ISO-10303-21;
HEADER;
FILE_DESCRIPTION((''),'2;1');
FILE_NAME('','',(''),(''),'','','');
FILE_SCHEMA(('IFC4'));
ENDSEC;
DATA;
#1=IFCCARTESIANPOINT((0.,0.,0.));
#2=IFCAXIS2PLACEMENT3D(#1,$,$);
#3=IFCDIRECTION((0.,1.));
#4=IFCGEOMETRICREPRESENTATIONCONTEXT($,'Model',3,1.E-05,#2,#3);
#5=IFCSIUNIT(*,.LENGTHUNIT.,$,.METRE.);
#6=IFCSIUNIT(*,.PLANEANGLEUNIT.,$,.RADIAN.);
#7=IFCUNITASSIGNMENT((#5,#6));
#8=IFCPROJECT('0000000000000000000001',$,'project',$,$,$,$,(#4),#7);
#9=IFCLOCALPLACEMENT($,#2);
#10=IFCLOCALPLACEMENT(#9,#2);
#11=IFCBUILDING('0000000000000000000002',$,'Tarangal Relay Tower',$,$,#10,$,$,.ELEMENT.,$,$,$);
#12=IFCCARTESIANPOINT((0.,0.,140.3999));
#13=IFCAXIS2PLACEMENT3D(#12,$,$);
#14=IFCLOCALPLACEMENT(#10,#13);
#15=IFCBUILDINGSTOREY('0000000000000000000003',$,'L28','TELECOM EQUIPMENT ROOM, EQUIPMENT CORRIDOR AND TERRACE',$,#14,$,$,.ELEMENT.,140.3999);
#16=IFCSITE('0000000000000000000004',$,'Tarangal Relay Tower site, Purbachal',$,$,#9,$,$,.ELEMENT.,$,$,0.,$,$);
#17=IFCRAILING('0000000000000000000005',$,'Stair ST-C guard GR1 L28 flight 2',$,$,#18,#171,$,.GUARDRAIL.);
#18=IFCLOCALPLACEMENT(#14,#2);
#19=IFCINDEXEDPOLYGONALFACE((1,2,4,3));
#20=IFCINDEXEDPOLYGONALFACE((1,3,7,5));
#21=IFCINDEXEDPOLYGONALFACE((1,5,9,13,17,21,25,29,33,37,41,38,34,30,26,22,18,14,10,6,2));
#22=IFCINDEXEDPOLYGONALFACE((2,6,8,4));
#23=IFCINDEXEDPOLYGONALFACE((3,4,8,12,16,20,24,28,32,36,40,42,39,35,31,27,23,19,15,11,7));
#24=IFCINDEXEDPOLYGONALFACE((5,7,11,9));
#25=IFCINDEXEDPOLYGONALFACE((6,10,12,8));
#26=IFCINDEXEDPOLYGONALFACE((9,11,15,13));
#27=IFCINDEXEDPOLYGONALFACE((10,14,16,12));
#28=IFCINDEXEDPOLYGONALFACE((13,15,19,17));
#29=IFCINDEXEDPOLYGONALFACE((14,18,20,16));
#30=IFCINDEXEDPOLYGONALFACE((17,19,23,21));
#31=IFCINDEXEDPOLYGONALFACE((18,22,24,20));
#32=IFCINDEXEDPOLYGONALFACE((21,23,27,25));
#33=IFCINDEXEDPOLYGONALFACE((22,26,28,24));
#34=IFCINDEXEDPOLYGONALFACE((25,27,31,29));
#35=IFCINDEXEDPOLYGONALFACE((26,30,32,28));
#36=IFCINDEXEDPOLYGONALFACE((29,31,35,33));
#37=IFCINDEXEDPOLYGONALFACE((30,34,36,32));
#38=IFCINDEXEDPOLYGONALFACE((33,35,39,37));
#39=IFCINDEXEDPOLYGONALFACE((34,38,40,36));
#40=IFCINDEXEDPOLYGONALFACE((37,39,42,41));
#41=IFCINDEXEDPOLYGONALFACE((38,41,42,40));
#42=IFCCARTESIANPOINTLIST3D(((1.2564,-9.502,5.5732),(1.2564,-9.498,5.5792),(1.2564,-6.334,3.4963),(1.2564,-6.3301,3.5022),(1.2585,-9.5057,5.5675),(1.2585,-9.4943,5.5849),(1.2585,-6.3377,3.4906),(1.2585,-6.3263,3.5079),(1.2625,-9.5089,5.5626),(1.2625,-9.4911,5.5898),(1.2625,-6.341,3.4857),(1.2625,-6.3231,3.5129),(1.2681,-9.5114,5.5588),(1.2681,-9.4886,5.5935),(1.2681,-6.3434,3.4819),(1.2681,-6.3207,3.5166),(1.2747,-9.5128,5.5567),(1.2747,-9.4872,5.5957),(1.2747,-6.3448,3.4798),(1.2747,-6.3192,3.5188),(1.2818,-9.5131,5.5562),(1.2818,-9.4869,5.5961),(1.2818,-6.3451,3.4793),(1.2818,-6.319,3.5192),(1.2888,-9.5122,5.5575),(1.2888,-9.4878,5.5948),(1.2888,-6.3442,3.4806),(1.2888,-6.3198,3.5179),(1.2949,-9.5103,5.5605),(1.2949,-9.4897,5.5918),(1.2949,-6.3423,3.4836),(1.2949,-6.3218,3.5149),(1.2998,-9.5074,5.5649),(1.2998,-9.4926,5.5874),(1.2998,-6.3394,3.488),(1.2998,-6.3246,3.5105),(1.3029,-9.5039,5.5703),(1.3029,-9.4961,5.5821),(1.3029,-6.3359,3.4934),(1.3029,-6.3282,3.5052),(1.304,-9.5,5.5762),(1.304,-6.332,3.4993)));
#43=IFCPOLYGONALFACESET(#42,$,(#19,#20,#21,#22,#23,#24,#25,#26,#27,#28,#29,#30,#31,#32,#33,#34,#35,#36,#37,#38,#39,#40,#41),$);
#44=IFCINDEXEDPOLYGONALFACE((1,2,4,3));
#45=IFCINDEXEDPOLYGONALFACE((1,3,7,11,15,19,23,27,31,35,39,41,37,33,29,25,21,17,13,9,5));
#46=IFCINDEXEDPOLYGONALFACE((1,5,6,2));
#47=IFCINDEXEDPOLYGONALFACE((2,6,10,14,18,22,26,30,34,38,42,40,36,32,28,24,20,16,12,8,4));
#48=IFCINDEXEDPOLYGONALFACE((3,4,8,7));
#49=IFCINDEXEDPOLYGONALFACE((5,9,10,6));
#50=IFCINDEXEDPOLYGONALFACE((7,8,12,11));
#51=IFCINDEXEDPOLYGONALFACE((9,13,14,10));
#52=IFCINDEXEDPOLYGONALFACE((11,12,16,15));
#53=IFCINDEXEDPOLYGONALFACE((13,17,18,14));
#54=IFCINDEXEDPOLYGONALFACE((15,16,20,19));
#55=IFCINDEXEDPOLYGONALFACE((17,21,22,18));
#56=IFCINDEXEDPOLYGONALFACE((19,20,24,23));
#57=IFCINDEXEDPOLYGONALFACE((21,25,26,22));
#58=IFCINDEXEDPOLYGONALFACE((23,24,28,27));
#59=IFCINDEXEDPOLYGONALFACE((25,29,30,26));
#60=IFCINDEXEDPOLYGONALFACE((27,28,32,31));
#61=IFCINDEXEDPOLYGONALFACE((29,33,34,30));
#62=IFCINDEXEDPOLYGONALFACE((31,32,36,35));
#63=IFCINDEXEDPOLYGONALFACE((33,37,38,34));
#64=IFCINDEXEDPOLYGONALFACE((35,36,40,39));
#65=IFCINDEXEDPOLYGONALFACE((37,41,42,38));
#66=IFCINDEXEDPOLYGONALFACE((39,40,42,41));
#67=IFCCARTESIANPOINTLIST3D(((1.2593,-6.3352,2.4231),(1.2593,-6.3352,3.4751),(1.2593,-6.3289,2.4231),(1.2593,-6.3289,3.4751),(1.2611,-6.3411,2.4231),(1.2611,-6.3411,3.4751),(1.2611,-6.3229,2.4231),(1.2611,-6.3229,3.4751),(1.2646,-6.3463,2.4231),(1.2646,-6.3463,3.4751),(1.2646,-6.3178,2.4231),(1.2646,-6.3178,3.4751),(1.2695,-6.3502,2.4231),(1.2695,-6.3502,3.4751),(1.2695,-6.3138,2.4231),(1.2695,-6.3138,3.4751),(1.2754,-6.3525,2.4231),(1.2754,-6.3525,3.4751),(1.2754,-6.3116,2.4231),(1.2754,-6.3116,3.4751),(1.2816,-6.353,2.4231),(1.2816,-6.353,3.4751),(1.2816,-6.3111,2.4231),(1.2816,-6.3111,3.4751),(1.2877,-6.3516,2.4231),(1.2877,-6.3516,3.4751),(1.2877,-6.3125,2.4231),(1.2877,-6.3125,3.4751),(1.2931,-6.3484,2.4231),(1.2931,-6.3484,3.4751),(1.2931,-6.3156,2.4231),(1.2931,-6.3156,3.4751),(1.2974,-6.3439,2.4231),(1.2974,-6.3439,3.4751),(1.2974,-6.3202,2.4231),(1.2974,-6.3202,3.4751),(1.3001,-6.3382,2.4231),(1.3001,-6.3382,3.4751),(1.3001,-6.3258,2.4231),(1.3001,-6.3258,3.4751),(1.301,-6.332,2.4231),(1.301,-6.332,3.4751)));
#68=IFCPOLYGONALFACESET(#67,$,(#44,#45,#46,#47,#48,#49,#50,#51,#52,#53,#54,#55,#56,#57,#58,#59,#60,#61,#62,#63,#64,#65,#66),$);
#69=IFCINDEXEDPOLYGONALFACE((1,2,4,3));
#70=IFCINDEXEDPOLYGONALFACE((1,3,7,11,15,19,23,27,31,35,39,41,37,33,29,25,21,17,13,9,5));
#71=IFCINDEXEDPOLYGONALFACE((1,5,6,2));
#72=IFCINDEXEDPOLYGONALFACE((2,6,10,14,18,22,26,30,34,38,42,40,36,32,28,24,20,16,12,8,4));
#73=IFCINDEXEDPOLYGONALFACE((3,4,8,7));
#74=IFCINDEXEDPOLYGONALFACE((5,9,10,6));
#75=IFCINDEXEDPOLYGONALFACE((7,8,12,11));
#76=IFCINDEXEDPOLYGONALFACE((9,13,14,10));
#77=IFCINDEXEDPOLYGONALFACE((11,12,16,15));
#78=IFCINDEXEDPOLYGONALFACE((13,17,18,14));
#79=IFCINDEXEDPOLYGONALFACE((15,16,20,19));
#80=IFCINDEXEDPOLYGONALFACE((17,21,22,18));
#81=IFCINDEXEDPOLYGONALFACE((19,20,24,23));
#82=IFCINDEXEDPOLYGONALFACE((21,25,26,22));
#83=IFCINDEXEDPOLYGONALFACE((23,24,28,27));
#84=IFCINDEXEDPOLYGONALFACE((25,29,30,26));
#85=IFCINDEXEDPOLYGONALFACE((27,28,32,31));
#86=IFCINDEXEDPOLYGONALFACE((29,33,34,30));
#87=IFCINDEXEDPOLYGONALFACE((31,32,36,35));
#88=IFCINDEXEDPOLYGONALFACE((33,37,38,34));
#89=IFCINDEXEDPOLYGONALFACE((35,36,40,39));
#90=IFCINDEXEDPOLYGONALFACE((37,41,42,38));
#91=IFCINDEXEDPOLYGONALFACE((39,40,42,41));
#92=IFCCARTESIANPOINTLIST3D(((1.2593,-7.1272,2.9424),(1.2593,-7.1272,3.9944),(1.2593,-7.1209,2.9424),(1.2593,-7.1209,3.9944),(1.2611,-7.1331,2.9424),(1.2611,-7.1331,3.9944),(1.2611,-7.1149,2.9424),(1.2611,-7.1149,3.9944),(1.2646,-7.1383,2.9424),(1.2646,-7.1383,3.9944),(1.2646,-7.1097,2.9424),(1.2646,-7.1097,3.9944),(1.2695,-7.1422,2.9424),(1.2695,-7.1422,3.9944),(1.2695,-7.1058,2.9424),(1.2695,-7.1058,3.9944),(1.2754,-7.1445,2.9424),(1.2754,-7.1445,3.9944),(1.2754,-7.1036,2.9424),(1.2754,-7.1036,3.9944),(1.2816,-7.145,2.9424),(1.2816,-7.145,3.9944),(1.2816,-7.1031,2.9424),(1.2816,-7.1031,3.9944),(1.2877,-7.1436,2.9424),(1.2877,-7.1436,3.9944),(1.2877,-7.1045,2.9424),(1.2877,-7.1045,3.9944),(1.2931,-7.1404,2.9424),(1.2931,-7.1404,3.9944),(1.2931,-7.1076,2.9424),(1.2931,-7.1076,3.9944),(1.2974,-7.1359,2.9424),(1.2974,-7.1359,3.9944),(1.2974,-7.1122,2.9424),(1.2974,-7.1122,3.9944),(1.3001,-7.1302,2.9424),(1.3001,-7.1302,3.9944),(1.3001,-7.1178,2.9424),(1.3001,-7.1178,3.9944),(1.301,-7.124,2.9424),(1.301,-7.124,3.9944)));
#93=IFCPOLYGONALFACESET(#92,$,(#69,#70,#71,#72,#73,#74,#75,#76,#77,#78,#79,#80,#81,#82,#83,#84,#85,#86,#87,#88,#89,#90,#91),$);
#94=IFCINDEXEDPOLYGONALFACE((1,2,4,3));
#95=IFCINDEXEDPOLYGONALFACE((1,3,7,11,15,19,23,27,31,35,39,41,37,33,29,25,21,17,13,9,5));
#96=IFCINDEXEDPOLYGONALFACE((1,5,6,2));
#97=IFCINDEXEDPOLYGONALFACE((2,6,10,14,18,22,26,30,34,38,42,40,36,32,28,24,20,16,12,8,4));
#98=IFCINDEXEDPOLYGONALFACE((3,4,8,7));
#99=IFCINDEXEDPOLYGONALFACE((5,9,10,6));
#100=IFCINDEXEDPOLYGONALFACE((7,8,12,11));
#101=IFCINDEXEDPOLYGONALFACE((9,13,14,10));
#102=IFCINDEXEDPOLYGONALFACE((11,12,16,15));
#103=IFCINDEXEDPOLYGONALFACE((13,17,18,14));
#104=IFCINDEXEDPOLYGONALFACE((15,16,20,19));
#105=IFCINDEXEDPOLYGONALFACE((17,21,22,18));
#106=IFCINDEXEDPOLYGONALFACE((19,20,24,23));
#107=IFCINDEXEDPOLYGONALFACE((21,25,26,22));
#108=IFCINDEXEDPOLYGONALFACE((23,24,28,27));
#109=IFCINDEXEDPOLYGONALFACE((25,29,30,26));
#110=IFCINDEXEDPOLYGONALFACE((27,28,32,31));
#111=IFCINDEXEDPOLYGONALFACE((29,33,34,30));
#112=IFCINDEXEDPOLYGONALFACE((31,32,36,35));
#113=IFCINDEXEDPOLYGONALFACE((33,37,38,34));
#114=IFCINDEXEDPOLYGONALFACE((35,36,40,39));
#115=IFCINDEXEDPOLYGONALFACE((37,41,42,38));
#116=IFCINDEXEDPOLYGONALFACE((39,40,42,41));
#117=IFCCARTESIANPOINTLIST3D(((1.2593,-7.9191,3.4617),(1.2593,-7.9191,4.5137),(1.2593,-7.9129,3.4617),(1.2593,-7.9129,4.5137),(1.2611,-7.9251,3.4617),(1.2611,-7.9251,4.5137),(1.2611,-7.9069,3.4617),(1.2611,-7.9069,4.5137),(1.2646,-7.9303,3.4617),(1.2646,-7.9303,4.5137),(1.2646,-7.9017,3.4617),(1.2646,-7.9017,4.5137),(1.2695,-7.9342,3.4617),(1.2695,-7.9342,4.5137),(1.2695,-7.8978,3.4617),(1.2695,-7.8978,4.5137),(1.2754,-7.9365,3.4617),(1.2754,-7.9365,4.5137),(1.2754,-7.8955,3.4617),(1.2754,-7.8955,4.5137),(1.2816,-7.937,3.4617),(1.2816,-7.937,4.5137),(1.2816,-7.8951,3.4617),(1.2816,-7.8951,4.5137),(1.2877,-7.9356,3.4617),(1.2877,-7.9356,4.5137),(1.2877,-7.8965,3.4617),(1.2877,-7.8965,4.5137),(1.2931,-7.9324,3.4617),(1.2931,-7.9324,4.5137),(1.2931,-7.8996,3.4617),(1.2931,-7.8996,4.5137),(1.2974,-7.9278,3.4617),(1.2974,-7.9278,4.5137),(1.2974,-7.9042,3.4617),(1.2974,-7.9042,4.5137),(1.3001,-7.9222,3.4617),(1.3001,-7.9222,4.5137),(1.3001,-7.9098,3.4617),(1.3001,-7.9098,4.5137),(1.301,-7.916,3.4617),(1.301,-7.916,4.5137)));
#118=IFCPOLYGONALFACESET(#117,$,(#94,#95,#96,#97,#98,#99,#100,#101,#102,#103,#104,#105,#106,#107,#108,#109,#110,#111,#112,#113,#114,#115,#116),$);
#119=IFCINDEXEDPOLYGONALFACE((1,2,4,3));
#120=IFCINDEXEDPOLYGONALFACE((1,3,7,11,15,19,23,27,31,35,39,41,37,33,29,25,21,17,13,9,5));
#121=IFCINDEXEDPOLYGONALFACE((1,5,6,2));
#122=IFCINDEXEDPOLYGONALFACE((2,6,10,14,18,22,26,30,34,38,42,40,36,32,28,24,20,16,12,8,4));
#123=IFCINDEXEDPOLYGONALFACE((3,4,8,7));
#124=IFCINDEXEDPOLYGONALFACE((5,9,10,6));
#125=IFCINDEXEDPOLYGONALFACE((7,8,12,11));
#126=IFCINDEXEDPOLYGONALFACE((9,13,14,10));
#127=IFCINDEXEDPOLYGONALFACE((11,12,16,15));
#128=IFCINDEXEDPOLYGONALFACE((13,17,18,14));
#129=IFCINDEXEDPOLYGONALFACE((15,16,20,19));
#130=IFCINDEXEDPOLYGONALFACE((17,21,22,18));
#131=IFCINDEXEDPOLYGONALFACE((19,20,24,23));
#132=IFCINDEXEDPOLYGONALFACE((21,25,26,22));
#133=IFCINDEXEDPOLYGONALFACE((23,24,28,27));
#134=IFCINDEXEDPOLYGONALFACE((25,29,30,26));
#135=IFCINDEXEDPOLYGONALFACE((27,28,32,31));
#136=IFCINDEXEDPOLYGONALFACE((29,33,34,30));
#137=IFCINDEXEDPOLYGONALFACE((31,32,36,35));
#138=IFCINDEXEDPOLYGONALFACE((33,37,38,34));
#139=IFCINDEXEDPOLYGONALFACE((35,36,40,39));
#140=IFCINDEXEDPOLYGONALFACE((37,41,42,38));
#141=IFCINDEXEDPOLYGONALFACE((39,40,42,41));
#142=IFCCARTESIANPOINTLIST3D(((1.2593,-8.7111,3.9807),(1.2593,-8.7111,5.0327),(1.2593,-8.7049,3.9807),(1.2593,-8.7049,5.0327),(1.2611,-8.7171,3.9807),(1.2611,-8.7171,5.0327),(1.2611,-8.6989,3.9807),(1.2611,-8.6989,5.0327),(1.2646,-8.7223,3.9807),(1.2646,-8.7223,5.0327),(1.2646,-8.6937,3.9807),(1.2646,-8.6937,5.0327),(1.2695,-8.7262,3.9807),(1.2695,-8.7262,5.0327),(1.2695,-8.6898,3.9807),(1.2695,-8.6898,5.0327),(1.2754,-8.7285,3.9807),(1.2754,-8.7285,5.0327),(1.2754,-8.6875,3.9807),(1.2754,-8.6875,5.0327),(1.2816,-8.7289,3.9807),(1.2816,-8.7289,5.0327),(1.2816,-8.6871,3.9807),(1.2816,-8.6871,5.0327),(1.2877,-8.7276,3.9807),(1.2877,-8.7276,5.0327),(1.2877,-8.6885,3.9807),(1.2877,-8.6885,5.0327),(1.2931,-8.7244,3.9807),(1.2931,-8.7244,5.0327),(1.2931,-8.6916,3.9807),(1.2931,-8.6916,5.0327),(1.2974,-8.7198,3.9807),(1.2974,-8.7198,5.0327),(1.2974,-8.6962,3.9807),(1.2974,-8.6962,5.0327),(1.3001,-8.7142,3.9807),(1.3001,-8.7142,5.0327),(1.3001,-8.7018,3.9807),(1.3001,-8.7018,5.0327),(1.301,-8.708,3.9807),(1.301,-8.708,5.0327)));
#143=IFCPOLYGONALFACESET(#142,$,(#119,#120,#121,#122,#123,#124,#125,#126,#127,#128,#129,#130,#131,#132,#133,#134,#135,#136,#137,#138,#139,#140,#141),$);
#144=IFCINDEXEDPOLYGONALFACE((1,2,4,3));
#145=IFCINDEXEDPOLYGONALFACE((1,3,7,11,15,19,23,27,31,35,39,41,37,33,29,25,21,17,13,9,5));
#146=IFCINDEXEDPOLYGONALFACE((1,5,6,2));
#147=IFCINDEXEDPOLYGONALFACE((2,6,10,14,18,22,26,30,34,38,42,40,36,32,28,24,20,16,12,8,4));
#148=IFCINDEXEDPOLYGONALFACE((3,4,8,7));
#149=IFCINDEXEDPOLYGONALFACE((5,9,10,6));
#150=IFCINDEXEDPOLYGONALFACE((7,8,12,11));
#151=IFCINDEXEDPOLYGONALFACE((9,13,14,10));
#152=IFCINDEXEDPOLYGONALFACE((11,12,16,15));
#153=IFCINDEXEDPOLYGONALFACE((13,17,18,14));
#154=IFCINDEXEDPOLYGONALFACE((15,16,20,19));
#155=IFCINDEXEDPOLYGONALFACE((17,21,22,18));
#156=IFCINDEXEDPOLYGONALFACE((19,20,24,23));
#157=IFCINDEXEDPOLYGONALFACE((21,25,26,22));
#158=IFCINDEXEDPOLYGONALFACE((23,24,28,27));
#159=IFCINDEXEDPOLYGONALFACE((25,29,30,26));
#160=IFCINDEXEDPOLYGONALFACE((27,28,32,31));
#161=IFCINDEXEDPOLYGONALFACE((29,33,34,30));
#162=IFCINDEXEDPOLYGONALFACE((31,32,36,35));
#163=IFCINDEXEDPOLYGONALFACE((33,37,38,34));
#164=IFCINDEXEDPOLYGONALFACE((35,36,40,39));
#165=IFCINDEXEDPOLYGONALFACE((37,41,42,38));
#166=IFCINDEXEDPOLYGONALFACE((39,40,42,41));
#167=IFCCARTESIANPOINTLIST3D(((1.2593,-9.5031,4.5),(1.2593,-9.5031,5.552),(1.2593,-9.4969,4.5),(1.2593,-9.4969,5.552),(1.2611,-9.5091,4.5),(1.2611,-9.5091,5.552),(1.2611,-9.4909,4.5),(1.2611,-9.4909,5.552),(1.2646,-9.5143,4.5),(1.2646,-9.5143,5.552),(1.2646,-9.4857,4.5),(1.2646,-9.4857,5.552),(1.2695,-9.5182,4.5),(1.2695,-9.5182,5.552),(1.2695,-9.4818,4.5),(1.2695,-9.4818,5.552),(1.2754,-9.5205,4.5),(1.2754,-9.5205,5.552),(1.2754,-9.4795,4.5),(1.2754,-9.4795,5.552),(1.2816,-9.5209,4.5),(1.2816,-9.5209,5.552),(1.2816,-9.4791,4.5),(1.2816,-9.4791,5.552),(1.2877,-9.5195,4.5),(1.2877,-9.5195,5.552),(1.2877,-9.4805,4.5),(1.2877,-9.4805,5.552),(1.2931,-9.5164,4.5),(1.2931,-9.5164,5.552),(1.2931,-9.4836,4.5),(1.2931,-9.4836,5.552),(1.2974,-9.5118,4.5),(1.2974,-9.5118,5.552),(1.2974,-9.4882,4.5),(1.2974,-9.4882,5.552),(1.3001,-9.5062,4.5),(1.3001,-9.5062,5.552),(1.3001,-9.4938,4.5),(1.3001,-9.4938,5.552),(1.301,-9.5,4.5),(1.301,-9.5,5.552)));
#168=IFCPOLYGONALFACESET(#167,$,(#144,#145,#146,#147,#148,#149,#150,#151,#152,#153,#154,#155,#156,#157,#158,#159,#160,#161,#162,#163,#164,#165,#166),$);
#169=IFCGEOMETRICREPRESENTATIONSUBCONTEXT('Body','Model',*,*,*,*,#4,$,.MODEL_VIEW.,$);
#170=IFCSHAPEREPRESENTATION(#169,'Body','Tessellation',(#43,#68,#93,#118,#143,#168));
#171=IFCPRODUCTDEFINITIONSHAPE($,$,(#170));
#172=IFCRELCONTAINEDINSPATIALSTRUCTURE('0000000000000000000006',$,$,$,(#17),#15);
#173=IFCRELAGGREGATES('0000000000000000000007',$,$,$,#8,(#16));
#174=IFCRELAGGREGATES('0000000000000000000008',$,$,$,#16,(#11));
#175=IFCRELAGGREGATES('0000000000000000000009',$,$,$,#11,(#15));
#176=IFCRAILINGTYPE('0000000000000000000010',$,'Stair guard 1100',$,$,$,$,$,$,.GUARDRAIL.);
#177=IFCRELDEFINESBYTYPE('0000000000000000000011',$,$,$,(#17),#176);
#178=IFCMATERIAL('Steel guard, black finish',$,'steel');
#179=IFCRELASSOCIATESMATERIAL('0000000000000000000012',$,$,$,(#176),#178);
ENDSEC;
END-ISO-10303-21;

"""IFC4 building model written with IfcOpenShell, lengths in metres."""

from ifc_helpers import new_model, si_unit, direction, frame, origin, origin_2d, place, context, subcontext, project, spatial, circle, extrude, material, type_object, element, save


model = new_model("IFC4")

# Units and contexts
model_context = context("Model", 3, precision=1e-05, world=origin(), true_north=direction((0.0, 1.0)))
body_context = subcontext(model_context, "Body", "Model", "MODEL_VIEW")
ifc_project = project(units=[si_unit("LENGTHUNIT", "METRE"), si_unit("PLANEANGLEUNIT", "RADIAN")], contexts=[model_context])

# Site, building, storey
site_placement = place(None, origin())
site = spatial("IfcSite", under=ifc_project, at=site_placement, Name="Tarangal Relay Tower site, Purbachal", CompositionType="ELEMENT", RefElevation=0.0)
building_placement = place(site_placement, origin())
building = spatial("IfcBuilding", under=site, at=building_placement, Name="Tarangal Relay Tower", CompositionType="ELEMENT")
storey_placement = place(building_placement, frame((0.0, 0.0, 140.3999)))
storey = spatial("IfcBuildingStorey", under=building, at=storey_placement, Name="L28", Description="TELECOM EQUIPMENT ROOM, EQUIPMENT CORRIDOR AND TERRACE", CompositionType="ELEMENT", Elevation=140.3999)

# Railing
ifc_material_1 = material(Name="Steel guard, black finish", Category="steel")
railing_type_1 = type_object("IfcRailingType", Name="Stair guard 1100", PredefinedType="GUARDRAIL", material=ifc_material_1)
railing_1_placement = place(storey_placement, frame((1.28, -6.332, 2.4231)))
element("IfcRailing", 1, at=railing_1_placement, inside=storey, type_object=railing_type_1, Name="Stair ST-C guard GR1 L28 flight 2", PredefinedType="GUARDRAIL", context=body_context, shape_type="SweptSolid", body=[
    extrude(circle(Radius=0.0239, at=origin_2d()), frame((0.0, 0.0, 1.0762), z_axis=(0.0, -0.836299, 0.548273), x_axis=(1.0, 0.0, 0.0)), (0.0, 0.0, 1.0), 3.7881),
    extrude(circle(Radius=0.021, at=origin_2d()), origin(), (0.0, 0.0, 1.0), 1.052),
    extrude(circle(Radius=0.021, at=origin_2d()), frame((0.0, -0.792, 0.5193)), (0.0, 0.0, 1.0), 1.052),
    extrude(circle(Radius=0.021, at=origin_2d()), frame((0.0, -1.584, 1.0386)), (0.0, 0.0, 1.0), 1.052),
    extrude(circle(Radius=0.021, at=origin_2d()), frame((0.0, -2.376, 1.5576)), (0.0, 0.0, 1.0), 1.052),
    extrude(circle(Radius=0.021, at=origin_2d()), frame((0.0, -3.168, 2.0769)), (0.0, 0.0, 1.0), 1.052),
])

save(model, "model.ifc")
